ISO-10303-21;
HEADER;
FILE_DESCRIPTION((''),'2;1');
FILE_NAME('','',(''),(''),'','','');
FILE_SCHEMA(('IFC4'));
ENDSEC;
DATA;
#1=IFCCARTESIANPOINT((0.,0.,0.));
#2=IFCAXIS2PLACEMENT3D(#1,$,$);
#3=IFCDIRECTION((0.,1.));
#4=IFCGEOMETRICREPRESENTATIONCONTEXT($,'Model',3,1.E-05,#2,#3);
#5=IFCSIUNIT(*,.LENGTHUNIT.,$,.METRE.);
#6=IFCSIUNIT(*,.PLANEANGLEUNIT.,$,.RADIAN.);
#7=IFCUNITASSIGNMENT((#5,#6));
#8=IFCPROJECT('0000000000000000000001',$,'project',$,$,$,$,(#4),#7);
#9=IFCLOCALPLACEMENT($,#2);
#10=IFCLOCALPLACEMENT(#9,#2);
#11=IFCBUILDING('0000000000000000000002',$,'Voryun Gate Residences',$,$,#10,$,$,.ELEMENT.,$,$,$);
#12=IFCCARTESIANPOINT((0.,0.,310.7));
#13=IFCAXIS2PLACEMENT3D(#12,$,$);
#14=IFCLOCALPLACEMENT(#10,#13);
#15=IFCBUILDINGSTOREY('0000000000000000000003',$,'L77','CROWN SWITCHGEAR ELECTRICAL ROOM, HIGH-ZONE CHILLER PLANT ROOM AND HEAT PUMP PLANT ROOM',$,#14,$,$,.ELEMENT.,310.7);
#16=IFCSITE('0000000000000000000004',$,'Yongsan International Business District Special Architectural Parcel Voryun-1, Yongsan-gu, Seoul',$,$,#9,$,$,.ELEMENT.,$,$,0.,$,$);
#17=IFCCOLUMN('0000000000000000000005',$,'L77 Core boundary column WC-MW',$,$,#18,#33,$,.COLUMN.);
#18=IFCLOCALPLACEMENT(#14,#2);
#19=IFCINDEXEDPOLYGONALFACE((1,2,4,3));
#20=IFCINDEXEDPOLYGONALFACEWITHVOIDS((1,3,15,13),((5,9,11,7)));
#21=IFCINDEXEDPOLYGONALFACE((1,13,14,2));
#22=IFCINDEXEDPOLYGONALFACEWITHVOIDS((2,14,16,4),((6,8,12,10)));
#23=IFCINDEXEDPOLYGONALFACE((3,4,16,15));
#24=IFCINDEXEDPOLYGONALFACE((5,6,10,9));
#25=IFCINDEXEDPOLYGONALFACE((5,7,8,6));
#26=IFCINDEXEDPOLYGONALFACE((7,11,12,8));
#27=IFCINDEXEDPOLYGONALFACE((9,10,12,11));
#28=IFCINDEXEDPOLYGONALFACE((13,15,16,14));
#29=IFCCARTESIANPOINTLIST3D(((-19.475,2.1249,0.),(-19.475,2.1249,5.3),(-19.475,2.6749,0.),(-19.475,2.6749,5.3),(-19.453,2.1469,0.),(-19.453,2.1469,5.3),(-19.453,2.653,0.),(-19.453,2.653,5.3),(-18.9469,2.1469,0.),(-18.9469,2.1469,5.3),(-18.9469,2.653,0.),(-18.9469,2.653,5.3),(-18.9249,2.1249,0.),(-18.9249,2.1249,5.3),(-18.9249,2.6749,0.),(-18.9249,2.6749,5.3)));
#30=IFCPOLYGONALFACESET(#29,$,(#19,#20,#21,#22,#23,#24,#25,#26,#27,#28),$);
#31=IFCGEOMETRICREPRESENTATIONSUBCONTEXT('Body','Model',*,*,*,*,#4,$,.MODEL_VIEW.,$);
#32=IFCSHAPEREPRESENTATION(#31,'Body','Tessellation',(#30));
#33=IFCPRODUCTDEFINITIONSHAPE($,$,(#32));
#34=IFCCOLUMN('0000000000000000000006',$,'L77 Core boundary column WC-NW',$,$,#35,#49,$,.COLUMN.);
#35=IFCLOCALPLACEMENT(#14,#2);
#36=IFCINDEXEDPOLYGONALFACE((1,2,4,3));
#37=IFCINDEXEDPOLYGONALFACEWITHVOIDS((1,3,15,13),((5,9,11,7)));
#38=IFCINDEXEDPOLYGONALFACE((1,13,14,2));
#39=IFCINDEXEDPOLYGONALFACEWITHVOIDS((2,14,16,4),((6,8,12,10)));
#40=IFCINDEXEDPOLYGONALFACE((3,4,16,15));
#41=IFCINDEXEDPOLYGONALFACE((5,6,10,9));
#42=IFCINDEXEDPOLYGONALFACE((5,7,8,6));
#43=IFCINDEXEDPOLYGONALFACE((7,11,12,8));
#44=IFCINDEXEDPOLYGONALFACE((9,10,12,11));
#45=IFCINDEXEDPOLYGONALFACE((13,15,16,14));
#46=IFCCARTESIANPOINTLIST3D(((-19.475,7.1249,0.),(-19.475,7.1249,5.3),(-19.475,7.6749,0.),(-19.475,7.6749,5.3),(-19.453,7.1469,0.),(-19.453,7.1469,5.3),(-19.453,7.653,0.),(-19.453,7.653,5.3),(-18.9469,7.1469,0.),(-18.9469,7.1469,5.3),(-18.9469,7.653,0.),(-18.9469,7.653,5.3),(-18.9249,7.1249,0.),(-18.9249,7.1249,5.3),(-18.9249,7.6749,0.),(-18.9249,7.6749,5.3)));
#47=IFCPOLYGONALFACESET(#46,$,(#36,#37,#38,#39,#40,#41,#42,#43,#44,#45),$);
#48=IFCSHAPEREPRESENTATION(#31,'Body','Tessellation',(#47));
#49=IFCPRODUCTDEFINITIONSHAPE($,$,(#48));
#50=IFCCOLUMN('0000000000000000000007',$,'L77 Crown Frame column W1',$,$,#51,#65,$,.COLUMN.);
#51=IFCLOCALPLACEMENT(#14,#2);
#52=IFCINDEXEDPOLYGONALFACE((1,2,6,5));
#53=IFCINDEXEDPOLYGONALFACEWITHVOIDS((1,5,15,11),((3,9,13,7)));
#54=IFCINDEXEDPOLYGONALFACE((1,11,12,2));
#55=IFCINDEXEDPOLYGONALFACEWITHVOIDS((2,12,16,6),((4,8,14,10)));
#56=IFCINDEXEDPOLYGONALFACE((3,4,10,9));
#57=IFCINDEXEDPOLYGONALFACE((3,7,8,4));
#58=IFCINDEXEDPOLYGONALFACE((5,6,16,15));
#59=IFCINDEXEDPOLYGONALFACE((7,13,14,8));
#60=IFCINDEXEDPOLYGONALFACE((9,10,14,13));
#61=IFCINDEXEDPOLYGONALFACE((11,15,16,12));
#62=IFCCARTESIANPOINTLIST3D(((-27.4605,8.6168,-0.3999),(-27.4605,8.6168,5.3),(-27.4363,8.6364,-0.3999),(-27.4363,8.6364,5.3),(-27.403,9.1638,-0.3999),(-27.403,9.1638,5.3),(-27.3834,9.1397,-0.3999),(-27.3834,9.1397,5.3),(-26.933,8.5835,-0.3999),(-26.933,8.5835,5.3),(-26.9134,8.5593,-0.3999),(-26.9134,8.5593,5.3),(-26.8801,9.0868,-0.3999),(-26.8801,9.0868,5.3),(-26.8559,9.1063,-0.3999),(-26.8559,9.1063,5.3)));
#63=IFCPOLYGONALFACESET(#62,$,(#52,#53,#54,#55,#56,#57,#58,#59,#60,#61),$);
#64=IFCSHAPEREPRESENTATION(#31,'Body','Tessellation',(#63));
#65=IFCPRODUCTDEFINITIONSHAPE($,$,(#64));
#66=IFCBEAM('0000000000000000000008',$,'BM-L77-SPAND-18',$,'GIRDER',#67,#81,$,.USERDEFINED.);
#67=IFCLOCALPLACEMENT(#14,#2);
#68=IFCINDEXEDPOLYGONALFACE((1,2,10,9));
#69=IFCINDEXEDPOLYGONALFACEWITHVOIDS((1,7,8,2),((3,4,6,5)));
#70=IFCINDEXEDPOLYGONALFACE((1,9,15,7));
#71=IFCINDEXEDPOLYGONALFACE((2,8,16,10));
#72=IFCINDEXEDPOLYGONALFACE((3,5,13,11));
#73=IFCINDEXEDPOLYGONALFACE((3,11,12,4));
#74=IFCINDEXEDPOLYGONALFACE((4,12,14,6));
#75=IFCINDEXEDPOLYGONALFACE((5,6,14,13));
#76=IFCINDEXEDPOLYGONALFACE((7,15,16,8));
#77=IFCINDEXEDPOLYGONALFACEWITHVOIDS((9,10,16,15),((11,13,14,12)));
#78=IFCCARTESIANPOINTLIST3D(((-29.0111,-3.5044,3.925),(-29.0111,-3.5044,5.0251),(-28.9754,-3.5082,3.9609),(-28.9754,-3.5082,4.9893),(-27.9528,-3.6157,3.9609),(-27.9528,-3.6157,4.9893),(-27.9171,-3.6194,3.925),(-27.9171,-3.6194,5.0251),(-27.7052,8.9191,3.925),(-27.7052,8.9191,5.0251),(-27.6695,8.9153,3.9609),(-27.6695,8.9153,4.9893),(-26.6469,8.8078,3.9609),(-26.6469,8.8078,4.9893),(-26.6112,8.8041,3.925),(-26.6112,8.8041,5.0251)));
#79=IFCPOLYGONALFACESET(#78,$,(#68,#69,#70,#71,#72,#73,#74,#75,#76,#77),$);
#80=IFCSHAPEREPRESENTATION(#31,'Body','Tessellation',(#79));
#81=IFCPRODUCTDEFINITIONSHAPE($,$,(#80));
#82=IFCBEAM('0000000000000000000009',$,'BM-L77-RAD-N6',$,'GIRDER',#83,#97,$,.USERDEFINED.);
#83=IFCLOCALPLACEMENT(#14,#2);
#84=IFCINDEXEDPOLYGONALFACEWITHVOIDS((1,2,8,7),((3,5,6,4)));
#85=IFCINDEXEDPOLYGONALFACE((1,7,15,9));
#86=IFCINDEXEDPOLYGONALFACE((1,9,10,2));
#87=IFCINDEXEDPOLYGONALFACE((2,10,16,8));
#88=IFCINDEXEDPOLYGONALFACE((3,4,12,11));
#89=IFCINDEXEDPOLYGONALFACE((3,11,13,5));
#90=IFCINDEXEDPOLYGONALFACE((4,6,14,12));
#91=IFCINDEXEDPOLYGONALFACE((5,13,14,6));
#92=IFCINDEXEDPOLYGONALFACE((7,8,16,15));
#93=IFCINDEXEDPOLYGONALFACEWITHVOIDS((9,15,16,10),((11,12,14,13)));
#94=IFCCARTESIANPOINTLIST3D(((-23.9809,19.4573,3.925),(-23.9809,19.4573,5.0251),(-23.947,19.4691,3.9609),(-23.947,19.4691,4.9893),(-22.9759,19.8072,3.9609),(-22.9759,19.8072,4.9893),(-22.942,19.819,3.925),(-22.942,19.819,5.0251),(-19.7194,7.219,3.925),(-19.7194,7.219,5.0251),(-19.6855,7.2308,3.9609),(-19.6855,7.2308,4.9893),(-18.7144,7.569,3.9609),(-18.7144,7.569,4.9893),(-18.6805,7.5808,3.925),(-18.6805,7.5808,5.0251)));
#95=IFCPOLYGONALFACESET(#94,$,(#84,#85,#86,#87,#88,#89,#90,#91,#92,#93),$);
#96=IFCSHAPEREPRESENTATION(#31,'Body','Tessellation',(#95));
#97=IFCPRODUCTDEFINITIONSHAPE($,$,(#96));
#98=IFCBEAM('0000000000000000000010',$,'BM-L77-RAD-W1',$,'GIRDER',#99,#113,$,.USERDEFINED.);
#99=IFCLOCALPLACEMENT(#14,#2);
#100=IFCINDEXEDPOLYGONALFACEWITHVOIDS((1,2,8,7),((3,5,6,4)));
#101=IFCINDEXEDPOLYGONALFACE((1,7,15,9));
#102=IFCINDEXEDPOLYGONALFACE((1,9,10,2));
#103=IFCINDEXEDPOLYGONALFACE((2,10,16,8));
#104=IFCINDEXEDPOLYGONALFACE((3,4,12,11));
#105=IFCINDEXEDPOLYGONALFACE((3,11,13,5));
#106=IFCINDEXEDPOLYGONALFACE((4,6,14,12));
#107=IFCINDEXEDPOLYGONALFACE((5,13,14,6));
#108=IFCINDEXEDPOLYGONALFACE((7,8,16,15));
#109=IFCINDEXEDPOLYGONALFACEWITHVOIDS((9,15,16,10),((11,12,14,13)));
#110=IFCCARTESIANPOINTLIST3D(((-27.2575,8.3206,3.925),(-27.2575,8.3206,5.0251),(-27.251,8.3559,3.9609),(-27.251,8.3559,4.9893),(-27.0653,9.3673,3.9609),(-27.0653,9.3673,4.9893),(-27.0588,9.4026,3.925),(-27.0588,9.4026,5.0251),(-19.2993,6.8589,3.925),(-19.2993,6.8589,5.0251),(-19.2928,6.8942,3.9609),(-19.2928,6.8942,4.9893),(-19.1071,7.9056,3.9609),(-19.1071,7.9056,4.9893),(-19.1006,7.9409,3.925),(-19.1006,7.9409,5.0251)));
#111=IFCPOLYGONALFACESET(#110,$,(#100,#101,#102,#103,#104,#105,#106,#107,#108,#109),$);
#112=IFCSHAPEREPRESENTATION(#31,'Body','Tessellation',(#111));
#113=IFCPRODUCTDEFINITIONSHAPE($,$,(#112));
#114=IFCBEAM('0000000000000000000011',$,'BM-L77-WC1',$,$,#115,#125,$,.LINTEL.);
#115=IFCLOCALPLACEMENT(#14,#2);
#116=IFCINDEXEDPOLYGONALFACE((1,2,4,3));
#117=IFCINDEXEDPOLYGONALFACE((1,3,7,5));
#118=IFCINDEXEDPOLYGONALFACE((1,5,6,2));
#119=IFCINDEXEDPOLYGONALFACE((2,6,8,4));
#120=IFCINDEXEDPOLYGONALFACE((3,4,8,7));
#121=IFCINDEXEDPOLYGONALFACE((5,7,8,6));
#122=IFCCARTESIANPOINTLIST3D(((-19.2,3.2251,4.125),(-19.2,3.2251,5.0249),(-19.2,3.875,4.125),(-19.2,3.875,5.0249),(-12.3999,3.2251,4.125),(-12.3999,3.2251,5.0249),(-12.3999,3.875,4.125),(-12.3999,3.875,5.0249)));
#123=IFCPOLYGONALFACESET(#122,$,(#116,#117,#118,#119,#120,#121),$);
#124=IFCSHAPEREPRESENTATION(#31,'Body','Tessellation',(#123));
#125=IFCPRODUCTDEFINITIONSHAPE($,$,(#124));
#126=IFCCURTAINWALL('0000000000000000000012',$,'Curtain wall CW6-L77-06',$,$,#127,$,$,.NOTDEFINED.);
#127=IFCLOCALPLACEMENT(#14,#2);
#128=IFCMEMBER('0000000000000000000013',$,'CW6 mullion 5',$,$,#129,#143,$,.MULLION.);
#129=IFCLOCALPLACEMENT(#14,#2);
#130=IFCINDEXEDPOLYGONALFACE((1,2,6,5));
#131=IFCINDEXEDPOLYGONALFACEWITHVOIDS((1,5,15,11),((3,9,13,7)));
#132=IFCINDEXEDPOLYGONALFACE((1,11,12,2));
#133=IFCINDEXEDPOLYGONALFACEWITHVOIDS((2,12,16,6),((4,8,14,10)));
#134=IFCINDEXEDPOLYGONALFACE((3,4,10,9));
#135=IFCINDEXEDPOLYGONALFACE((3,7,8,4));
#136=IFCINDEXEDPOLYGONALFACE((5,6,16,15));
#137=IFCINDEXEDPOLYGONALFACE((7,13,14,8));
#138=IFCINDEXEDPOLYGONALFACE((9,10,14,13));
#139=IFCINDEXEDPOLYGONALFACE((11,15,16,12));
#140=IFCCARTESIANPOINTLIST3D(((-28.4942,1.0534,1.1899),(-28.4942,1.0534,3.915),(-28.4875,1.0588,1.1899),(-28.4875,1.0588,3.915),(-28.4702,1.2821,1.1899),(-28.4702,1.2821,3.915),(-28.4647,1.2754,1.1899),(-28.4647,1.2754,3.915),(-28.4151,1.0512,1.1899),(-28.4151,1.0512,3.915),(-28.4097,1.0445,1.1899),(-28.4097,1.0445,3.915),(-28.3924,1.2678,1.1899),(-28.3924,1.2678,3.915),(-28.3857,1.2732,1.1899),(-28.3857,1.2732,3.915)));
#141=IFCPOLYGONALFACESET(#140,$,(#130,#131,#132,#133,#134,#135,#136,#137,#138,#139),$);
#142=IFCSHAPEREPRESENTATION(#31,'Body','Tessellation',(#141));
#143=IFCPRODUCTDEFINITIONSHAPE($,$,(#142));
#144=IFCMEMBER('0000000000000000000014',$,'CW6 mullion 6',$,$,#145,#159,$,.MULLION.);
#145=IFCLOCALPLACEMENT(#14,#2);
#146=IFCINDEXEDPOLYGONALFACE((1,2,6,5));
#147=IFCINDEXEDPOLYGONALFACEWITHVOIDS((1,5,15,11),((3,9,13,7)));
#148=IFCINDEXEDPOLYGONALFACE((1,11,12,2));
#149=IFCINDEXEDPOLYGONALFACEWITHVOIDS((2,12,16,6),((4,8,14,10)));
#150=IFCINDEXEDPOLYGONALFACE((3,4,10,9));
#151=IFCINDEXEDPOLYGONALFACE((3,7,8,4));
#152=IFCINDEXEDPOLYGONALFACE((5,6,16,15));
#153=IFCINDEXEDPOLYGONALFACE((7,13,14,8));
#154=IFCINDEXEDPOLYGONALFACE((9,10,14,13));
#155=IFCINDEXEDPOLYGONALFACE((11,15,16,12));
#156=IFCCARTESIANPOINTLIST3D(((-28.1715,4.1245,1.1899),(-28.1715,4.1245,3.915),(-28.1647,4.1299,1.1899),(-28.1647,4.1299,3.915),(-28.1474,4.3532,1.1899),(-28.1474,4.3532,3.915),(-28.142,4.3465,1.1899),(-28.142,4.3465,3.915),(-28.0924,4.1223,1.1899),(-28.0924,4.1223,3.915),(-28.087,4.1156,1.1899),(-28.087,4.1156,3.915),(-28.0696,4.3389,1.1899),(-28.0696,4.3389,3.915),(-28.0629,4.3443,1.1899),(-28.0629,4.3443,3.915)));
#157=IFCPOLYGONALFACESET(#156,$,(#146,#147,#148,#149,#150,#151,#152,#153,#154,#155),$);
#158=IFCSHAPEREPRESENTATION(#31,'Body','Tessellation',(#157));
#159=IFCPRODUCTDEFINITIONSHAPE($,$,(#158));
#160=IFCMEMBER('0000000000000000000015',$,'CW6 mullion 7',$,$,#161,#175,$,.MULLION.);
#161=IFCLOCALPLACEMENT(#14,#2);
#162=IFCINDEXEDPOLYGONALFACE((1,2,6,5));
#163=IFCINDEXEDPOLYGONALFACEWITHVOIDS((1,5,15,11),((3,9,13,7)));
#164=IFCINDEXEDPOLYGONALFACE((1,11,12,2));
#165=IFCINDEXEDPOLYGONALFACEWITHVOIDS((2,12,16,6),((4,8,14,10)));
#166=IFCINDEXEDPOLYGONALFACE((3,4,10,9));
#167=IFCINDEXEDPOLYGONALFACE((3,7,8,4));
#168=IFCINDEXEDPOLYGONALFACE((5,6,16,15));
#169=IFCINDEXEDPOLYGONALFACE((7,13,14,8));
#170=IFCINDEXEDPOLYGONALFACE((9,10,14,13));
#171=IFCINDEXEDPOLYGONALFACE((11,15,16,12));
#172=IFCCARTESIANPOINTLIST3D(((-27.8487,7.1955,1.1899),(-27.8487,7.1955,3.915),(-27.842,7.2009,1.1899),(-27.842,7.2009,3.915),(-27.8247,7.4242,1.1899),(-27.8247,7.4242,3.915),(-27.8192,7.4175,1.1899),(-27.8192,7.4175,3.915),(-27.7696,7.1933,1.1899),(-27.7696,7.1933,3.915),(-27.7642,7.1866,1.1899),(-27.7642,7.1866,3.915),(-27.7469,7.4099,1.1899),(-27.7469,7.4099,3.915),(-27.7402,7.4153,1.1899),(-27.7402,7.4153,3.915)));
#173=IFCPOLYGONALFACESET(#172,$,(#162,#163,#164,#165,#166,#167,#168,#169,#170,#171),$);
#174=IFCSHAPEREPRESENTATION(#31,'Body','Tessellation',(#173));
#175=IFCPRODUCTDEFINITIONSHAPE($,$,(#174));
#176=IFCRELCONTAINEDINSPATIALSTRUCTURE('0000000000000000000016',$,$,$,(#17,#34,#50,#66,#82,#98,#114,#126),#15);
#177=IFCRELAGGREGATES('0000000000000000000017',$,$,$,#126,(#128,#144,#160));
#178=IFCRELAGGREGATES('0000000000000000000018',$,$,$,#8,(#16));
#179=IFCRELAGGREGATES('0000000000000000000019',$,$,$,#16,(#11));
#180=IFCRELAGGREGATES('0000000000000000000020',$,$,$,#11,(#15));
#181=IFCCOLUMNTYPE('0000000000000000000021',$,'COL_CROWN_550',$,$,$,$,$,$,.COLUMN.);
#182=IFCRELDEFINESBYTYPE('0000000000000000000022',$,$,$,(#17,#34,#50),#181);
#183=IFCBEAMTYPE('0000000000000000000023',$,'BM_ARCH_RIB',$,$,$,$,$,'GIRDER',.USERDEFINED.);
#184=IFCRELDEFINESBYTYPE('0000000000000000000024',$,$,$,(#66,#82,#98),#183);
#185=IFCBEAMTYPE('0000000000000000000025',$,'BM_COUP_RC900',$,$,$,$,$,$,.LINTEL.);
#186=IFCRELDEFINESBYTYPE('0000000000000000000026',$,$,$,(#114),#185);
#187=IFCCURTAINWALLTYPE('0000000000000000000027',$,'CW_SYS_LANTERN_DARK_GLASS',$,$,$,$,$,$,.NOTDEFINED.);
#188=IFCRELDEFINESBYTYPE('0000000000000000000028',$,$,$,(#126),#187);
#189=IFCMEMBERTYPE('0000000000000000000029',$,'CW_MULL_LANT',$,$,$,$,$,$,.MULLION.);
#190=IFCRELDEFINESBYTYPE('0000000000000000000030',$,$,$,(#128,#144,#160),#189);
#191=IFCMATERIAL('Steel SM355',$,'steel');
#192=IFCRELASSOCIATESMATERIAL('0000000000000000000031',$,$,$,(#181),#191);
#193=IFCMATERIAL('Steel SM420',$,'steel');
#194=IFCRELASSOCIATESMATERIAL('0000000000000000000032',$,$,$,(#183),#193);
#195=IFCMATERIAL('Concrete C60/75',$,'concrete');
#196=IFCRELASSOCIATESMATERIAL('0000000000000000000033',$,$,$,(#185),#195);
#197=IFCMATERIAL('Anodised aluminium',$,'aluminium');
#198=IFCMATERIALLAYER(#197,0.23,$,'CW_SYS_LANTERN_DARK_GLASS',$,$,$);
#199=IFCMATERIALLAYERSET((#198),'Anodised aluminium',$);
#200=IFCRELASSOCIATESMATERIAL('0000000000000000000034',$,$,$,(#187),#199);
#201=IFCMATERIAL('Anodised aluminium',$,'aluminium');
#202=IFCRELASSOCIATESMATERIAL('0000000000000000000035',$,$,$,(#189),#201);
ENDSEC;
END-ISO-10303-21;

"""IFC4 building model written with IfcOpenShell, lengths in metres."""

from ifc_helpers import new_model, si_unit, direction, frame, origin, origin_2d, place, context, subcontext, project, spatial, rectangle, hollow_rectangle, extrude, material, layer, layer_set, material_profile, profile_set, type_object, element, aggregate, save


model = new_model("IFC4")

# Units and contexts
model_context = context("Model", 3, precision=1e-05, world=origin(), true_north=direction((0.0, 1.0)))
body_context = subcontext(model_context, "Body", "Model", "MODEL_VIEW")
ifc_project = project(units=[si_unit("LENGTHUNIT", "METRE"), si_unit("PLANEANGLEUNIT", "RADIAN")], contexts=[model_context])

# Site, building, storey
site_placement = place(None, origin())
site = spatial("IfcSite", under=ifc_project, at=site_placement, Name="Yongsan International Business District Special Architectural Parcel Voryun-1, Yongsan-gu, Seoul", CompositionType="ELEMENT", RefElevation=0.0)
building_placement = place(site_placement, origin())
building = spatial("IfcBuilding", under=site, at=building_placement, Name="Voryun Gate Residences", CompositionType="ELEMENT")
storey_placement = place(building_placement, frame((0.0, 0.0, 310.7)))
storey = spatial("IfcBuildingStorey", under=building, at=storey_placement, Name="L77", Description="CROWN SWITCHGEAR ELECTRICAL ROOM, HIGH-ZONE CHILLER PLANT ROOM AND HEAT PUMP PLANT ROOM", CompositionType="ELEMENT", Elevation=310.7)

# Columns
ifc_material_1 = material(Name="Steel SM355", Category="steel")
ifc_material_profile_1 = material_profile(ifc_material_1, hollow_rectangle(XDim=0.55, YDim=0.55, WallThickness=0.022, at=origin_2d()), Name="BOX-550x550x22")
ifc_profile_set_1 = profile_set([ifc_material_profile_1], Name="Steel SM355")
column_type = type_object("IfcColumnType", Name="COL_CROWN_550", PredefinedType="COLUMN", material=ifc_profile_set_1)
for number, where, z_axis, x_axis, name in (
    (1, (-19.2, 2.3999, 0.0), (0.0, 0.0, 1.0), (1.0, 0.0, 0.0), "L77 Core boundary column WC-MW"),
    (2, (-19.2, 7.3999, 0.0), (0.0, 0.0, 1.0), (1.0, 0.0, 0.0), "L77 Core boundary column WC-NW"),
):
    element("IfcColumn", number, at=place(storey_placement, frame(where, z_axis=z_axis, x_axis=x_axis)), inside=storey, type_object=column_type, Name=name, PredefinedType="COLUMN", context=body_context, shape_type="SweptSolid", body=[
        extrude(hollow_rectangle(XDim=0.55, YDim=0.55, WallThickness=0.022, at=origin_2d()), origin(), (0.0, 0.0, 1.0), 5.3),
    ])
column_placement = place(storey_placement, frame((-27.1582, 8.8616, -0.3999), z_axis=(0.0, 0.0, 1.0), x_axis=(0.994522, -0.104528, 0.0)))
element("IfcColumn", 3, at=column_placement, inside=storey, type_object=column_type, Name="L77 Crown Frame column W1", PredefinedType="COLUMN", context=body_context, shape_type="SweptSolid", body=[
    extrude(hollow_rectangle(XDim=0.55, YDim=0.55, WallThickness=0.022, at=origin_2d()), origin(), (0.0, 0.0, 1.0), 5.7),
])

# Beams
ifc_material_2 = material(Name="Steel SM420", Category="steel")
ifc_material_profile_2 = material_profile(ifc_material_2, hollow_rectangle(XDim=1.1001, YDim=1.1001, WallThickness=0.0359, at=origin_2d()), Name="BOX-1100x1100x36")
ifc_profile_set_2 = profile_set([ifc_material_profile_2], Name="Steel SM420")
beam_type_1 = type_object("IfcBeamType", Name="BM_ARCH_RIB", ElementType="GIRDER", PredefinedType="USERDEFINED", material=ifc_profile_set_2)
beam_1_placement = place(storey_placement, frame((-27.1582, 8.8616, 4.4751), z_axis=(-0.104539, -0.994521, 0.0), x_axis=(0.994521, -0.104539, 0.0)))
element("IfcBeam", 4, at=beam_1_placement, inside=storey, type_object=beam_type_1, Name="BM-L77-SPAND-18", ObjectType="GIRDER", PredefinedType="USERDEFINED", context=body_context, shape_type="SweptSolid", body=[
    extrude(hollow_rectangle(XDim=1.1001, YDim=1.1001, WallThickness=0.0359, at=origin_2d()), origin(), (0.0, 0.0, 1.0), 12.4919),
])
beam_2_placement = place(storey_placement, frame((-19.2, 7.3999, 4.4751), z_axis=(-0.328843, 0.944385, 0.0), x_axis=(-0.944385, -0.328843, 0.0)))
element("IfcBeam", 5, at=beam_2_placement, inside=storey, type_object=beam_type_1, Name="BM-L77-RAD-N6", ObjectType="GIRDER", PredefinedType="USERDEFINED", context=body_context, shape_type="SweptSolid", body=[
    extrude(hollow_rectangle(XDim=1.1001, YDim=1.1001, WallThickness=0.0359, at=origin_2d()), origin(), (0.0, 0.0, 1.0), 12.959),
])
beam_3_placement = place(storey_placement, frame((-19.2, 7.3999, 4.4751), z_axis=(-0.983548, 0.180646, 0.0), x_axis=(-0.180646, -0.983548, 0.0)))
element("IfcBeam", 6, at=beam_3_placement, inside=storey, type_object=beam_type_1, Name="BM-L77-RAD-W1", ObjectType="GIRDER", PredefinedType="USERDEFINED", context=body_context, shape_type="SweptSolid", body=[
    extrude(hollow_rectangle(XDim=1.1001, YDim=1.1001, WallThickness=0.0359, at=origin_2d()), origin(), (0.0, 0.0, 1.0), 8.0913),
])
ifc_material_3 = material(Name="Concrete C60/75", Category="concrete")
ifc_material_profile_3 = material_profile(ifc_material_3, rectangle(XDim=0.6499, YDim=0.8999, at=origin_2d()), Name="RC-650x900")
ifc_profile_set_3 = profile_set([ifc_material_profile_3], Name="Concrete C60/75")
beam_type_2 = type_object("IfcBeamType", Name="BM_COUP_RC900", PredefinedType="LINTEL", material=ifc_profile_set_3)
beam_4_placement = place(storey_placement, frame((-19.2, 3.55, 4.575), z_axis=(1.0, 0.0, 0.0), x_axis=(0.0, 1.0, 0.0)))
element("IfcBeam", 7, at=beam_4_placement, inside=storey, type_object=beam_type_2, Name="BM-L77-WC1", PredefinedType="LINTEL", context=body_context, shape_type="SweptSolid", body=[
    extrude(rectangle(XDim=0.6499, YDim=0.8999, at=origin_2d()), origin(), (0.0, 0.0, 1.0), 6.8),
])

# Curtain wall, members
ifc_material_4 = material(Name="Anodised aluminium", Category="aluminium")
ifc_layer_1 = layer(ifc_material_4, 0.23, Name="CW_SYS_LANTERN_DARK_GLASS")
ifc_layer_set_1 = layer_set([ifc_layer_1], Name="Anodised aluminium")
curtain_wall_type = type_object("IfcCurtainWallType", Name="CW_SYS_LANTERN_DARK_GLASS", PredefinedType="NOTDEFINED", material=ifc_layer_set_1)
curtain_wall_placement = place(storey_placement, origin())
curtain_wall = element("IfcCurtainWall", 8, at=curtain_wall_placement, inside=storey, type_object=curtain_wall_type, Name="Curtain wall CW6-L77-06", PredefinedType="NOTDEFINED")
ifc_material_5 = material(Name="Anodised aluminium", Category="aluminium")
ifc_material_profile_4 = material_profile(ifc_material_5, hollow_rectangle(XDim=0.085, YDim=0.23, WallThickness=0.0061, at=origin_2d()), Name="ALU-MULL-230x85x6")
ifc_profile_set_4 = profile_set([ifc_material_profile_4], Name="Anodised aluminium")
member_type_1 = type_object("IfcMemberType", Name="CW_MULL_LANT", PredefinedType="MULLION", material=ifc_profile_set_4)
member_1_placement = place(storey_placement, frame((-28.4399, 1.1633, 1.1899), z_axis=(0.0, 0.0, 1.0), x_axis=(-0.994522, 0.104528, 0.0)))
member_1 = element("IfcMember", 9, at=member_1_placement, type_object=member_type_1, Name="CW6 mullion 5", PredefinedType="MULLION", context=body_context, shape_type="SweptSolid", body=[
    extrude(hollow_rectangle(XDim=0.085, YDim=0.23, WallThickness=0.0061, at=origin_2d()), origin(), (0.0, 0.0, 1.0), 2.7251),
])
member_2_placement = place(storey_placement, frame((-28.1172, 4.2344, 1.1899), z_axis=(0.0, 0.0, 1.0), x_axis=(-0.994522, 0.104528, 0.0)))
member_2 = element("IfcMember", 10, at=member_2_placement, type_object=member_type_1, Name="CW6 mullion 6", PredefinedType="MULLION", context=body_context, shape_type="SweptSolid", body=[
    extrude(hollow_rectangle(XDim=0.085, YDim=0.23, WallThickness=0.0061, at=origin_2d()), origin(), (0.0, 0.0, 1.0), 2.7251),
])
member_3_placement = place(storey_placement, frame((-27.7944, 7.3054, 1.1899), z_axis=(0.0, 0.0, 1.0), x_axis=(-0.994522, 0.104528, 0.0)))
member_3 = element("IfcMember", 11, at=member_3_placement, type_object=member_type_1, Name="CW6 mullion 7", PredefinedType="MULLION", context=body_context, shape_type="SweptSolid", body=[
    extrude(hollow_rectangle(XDim=0.085, YDim=0.23, WallThickness=0.0061, at=origin_2d()), origin(), (0.0, 0.0, 1.0), 2.7251),
])

aggregate(curtain_wall, [member_1, member_2, member_3])

save(model, "model.ifc")
